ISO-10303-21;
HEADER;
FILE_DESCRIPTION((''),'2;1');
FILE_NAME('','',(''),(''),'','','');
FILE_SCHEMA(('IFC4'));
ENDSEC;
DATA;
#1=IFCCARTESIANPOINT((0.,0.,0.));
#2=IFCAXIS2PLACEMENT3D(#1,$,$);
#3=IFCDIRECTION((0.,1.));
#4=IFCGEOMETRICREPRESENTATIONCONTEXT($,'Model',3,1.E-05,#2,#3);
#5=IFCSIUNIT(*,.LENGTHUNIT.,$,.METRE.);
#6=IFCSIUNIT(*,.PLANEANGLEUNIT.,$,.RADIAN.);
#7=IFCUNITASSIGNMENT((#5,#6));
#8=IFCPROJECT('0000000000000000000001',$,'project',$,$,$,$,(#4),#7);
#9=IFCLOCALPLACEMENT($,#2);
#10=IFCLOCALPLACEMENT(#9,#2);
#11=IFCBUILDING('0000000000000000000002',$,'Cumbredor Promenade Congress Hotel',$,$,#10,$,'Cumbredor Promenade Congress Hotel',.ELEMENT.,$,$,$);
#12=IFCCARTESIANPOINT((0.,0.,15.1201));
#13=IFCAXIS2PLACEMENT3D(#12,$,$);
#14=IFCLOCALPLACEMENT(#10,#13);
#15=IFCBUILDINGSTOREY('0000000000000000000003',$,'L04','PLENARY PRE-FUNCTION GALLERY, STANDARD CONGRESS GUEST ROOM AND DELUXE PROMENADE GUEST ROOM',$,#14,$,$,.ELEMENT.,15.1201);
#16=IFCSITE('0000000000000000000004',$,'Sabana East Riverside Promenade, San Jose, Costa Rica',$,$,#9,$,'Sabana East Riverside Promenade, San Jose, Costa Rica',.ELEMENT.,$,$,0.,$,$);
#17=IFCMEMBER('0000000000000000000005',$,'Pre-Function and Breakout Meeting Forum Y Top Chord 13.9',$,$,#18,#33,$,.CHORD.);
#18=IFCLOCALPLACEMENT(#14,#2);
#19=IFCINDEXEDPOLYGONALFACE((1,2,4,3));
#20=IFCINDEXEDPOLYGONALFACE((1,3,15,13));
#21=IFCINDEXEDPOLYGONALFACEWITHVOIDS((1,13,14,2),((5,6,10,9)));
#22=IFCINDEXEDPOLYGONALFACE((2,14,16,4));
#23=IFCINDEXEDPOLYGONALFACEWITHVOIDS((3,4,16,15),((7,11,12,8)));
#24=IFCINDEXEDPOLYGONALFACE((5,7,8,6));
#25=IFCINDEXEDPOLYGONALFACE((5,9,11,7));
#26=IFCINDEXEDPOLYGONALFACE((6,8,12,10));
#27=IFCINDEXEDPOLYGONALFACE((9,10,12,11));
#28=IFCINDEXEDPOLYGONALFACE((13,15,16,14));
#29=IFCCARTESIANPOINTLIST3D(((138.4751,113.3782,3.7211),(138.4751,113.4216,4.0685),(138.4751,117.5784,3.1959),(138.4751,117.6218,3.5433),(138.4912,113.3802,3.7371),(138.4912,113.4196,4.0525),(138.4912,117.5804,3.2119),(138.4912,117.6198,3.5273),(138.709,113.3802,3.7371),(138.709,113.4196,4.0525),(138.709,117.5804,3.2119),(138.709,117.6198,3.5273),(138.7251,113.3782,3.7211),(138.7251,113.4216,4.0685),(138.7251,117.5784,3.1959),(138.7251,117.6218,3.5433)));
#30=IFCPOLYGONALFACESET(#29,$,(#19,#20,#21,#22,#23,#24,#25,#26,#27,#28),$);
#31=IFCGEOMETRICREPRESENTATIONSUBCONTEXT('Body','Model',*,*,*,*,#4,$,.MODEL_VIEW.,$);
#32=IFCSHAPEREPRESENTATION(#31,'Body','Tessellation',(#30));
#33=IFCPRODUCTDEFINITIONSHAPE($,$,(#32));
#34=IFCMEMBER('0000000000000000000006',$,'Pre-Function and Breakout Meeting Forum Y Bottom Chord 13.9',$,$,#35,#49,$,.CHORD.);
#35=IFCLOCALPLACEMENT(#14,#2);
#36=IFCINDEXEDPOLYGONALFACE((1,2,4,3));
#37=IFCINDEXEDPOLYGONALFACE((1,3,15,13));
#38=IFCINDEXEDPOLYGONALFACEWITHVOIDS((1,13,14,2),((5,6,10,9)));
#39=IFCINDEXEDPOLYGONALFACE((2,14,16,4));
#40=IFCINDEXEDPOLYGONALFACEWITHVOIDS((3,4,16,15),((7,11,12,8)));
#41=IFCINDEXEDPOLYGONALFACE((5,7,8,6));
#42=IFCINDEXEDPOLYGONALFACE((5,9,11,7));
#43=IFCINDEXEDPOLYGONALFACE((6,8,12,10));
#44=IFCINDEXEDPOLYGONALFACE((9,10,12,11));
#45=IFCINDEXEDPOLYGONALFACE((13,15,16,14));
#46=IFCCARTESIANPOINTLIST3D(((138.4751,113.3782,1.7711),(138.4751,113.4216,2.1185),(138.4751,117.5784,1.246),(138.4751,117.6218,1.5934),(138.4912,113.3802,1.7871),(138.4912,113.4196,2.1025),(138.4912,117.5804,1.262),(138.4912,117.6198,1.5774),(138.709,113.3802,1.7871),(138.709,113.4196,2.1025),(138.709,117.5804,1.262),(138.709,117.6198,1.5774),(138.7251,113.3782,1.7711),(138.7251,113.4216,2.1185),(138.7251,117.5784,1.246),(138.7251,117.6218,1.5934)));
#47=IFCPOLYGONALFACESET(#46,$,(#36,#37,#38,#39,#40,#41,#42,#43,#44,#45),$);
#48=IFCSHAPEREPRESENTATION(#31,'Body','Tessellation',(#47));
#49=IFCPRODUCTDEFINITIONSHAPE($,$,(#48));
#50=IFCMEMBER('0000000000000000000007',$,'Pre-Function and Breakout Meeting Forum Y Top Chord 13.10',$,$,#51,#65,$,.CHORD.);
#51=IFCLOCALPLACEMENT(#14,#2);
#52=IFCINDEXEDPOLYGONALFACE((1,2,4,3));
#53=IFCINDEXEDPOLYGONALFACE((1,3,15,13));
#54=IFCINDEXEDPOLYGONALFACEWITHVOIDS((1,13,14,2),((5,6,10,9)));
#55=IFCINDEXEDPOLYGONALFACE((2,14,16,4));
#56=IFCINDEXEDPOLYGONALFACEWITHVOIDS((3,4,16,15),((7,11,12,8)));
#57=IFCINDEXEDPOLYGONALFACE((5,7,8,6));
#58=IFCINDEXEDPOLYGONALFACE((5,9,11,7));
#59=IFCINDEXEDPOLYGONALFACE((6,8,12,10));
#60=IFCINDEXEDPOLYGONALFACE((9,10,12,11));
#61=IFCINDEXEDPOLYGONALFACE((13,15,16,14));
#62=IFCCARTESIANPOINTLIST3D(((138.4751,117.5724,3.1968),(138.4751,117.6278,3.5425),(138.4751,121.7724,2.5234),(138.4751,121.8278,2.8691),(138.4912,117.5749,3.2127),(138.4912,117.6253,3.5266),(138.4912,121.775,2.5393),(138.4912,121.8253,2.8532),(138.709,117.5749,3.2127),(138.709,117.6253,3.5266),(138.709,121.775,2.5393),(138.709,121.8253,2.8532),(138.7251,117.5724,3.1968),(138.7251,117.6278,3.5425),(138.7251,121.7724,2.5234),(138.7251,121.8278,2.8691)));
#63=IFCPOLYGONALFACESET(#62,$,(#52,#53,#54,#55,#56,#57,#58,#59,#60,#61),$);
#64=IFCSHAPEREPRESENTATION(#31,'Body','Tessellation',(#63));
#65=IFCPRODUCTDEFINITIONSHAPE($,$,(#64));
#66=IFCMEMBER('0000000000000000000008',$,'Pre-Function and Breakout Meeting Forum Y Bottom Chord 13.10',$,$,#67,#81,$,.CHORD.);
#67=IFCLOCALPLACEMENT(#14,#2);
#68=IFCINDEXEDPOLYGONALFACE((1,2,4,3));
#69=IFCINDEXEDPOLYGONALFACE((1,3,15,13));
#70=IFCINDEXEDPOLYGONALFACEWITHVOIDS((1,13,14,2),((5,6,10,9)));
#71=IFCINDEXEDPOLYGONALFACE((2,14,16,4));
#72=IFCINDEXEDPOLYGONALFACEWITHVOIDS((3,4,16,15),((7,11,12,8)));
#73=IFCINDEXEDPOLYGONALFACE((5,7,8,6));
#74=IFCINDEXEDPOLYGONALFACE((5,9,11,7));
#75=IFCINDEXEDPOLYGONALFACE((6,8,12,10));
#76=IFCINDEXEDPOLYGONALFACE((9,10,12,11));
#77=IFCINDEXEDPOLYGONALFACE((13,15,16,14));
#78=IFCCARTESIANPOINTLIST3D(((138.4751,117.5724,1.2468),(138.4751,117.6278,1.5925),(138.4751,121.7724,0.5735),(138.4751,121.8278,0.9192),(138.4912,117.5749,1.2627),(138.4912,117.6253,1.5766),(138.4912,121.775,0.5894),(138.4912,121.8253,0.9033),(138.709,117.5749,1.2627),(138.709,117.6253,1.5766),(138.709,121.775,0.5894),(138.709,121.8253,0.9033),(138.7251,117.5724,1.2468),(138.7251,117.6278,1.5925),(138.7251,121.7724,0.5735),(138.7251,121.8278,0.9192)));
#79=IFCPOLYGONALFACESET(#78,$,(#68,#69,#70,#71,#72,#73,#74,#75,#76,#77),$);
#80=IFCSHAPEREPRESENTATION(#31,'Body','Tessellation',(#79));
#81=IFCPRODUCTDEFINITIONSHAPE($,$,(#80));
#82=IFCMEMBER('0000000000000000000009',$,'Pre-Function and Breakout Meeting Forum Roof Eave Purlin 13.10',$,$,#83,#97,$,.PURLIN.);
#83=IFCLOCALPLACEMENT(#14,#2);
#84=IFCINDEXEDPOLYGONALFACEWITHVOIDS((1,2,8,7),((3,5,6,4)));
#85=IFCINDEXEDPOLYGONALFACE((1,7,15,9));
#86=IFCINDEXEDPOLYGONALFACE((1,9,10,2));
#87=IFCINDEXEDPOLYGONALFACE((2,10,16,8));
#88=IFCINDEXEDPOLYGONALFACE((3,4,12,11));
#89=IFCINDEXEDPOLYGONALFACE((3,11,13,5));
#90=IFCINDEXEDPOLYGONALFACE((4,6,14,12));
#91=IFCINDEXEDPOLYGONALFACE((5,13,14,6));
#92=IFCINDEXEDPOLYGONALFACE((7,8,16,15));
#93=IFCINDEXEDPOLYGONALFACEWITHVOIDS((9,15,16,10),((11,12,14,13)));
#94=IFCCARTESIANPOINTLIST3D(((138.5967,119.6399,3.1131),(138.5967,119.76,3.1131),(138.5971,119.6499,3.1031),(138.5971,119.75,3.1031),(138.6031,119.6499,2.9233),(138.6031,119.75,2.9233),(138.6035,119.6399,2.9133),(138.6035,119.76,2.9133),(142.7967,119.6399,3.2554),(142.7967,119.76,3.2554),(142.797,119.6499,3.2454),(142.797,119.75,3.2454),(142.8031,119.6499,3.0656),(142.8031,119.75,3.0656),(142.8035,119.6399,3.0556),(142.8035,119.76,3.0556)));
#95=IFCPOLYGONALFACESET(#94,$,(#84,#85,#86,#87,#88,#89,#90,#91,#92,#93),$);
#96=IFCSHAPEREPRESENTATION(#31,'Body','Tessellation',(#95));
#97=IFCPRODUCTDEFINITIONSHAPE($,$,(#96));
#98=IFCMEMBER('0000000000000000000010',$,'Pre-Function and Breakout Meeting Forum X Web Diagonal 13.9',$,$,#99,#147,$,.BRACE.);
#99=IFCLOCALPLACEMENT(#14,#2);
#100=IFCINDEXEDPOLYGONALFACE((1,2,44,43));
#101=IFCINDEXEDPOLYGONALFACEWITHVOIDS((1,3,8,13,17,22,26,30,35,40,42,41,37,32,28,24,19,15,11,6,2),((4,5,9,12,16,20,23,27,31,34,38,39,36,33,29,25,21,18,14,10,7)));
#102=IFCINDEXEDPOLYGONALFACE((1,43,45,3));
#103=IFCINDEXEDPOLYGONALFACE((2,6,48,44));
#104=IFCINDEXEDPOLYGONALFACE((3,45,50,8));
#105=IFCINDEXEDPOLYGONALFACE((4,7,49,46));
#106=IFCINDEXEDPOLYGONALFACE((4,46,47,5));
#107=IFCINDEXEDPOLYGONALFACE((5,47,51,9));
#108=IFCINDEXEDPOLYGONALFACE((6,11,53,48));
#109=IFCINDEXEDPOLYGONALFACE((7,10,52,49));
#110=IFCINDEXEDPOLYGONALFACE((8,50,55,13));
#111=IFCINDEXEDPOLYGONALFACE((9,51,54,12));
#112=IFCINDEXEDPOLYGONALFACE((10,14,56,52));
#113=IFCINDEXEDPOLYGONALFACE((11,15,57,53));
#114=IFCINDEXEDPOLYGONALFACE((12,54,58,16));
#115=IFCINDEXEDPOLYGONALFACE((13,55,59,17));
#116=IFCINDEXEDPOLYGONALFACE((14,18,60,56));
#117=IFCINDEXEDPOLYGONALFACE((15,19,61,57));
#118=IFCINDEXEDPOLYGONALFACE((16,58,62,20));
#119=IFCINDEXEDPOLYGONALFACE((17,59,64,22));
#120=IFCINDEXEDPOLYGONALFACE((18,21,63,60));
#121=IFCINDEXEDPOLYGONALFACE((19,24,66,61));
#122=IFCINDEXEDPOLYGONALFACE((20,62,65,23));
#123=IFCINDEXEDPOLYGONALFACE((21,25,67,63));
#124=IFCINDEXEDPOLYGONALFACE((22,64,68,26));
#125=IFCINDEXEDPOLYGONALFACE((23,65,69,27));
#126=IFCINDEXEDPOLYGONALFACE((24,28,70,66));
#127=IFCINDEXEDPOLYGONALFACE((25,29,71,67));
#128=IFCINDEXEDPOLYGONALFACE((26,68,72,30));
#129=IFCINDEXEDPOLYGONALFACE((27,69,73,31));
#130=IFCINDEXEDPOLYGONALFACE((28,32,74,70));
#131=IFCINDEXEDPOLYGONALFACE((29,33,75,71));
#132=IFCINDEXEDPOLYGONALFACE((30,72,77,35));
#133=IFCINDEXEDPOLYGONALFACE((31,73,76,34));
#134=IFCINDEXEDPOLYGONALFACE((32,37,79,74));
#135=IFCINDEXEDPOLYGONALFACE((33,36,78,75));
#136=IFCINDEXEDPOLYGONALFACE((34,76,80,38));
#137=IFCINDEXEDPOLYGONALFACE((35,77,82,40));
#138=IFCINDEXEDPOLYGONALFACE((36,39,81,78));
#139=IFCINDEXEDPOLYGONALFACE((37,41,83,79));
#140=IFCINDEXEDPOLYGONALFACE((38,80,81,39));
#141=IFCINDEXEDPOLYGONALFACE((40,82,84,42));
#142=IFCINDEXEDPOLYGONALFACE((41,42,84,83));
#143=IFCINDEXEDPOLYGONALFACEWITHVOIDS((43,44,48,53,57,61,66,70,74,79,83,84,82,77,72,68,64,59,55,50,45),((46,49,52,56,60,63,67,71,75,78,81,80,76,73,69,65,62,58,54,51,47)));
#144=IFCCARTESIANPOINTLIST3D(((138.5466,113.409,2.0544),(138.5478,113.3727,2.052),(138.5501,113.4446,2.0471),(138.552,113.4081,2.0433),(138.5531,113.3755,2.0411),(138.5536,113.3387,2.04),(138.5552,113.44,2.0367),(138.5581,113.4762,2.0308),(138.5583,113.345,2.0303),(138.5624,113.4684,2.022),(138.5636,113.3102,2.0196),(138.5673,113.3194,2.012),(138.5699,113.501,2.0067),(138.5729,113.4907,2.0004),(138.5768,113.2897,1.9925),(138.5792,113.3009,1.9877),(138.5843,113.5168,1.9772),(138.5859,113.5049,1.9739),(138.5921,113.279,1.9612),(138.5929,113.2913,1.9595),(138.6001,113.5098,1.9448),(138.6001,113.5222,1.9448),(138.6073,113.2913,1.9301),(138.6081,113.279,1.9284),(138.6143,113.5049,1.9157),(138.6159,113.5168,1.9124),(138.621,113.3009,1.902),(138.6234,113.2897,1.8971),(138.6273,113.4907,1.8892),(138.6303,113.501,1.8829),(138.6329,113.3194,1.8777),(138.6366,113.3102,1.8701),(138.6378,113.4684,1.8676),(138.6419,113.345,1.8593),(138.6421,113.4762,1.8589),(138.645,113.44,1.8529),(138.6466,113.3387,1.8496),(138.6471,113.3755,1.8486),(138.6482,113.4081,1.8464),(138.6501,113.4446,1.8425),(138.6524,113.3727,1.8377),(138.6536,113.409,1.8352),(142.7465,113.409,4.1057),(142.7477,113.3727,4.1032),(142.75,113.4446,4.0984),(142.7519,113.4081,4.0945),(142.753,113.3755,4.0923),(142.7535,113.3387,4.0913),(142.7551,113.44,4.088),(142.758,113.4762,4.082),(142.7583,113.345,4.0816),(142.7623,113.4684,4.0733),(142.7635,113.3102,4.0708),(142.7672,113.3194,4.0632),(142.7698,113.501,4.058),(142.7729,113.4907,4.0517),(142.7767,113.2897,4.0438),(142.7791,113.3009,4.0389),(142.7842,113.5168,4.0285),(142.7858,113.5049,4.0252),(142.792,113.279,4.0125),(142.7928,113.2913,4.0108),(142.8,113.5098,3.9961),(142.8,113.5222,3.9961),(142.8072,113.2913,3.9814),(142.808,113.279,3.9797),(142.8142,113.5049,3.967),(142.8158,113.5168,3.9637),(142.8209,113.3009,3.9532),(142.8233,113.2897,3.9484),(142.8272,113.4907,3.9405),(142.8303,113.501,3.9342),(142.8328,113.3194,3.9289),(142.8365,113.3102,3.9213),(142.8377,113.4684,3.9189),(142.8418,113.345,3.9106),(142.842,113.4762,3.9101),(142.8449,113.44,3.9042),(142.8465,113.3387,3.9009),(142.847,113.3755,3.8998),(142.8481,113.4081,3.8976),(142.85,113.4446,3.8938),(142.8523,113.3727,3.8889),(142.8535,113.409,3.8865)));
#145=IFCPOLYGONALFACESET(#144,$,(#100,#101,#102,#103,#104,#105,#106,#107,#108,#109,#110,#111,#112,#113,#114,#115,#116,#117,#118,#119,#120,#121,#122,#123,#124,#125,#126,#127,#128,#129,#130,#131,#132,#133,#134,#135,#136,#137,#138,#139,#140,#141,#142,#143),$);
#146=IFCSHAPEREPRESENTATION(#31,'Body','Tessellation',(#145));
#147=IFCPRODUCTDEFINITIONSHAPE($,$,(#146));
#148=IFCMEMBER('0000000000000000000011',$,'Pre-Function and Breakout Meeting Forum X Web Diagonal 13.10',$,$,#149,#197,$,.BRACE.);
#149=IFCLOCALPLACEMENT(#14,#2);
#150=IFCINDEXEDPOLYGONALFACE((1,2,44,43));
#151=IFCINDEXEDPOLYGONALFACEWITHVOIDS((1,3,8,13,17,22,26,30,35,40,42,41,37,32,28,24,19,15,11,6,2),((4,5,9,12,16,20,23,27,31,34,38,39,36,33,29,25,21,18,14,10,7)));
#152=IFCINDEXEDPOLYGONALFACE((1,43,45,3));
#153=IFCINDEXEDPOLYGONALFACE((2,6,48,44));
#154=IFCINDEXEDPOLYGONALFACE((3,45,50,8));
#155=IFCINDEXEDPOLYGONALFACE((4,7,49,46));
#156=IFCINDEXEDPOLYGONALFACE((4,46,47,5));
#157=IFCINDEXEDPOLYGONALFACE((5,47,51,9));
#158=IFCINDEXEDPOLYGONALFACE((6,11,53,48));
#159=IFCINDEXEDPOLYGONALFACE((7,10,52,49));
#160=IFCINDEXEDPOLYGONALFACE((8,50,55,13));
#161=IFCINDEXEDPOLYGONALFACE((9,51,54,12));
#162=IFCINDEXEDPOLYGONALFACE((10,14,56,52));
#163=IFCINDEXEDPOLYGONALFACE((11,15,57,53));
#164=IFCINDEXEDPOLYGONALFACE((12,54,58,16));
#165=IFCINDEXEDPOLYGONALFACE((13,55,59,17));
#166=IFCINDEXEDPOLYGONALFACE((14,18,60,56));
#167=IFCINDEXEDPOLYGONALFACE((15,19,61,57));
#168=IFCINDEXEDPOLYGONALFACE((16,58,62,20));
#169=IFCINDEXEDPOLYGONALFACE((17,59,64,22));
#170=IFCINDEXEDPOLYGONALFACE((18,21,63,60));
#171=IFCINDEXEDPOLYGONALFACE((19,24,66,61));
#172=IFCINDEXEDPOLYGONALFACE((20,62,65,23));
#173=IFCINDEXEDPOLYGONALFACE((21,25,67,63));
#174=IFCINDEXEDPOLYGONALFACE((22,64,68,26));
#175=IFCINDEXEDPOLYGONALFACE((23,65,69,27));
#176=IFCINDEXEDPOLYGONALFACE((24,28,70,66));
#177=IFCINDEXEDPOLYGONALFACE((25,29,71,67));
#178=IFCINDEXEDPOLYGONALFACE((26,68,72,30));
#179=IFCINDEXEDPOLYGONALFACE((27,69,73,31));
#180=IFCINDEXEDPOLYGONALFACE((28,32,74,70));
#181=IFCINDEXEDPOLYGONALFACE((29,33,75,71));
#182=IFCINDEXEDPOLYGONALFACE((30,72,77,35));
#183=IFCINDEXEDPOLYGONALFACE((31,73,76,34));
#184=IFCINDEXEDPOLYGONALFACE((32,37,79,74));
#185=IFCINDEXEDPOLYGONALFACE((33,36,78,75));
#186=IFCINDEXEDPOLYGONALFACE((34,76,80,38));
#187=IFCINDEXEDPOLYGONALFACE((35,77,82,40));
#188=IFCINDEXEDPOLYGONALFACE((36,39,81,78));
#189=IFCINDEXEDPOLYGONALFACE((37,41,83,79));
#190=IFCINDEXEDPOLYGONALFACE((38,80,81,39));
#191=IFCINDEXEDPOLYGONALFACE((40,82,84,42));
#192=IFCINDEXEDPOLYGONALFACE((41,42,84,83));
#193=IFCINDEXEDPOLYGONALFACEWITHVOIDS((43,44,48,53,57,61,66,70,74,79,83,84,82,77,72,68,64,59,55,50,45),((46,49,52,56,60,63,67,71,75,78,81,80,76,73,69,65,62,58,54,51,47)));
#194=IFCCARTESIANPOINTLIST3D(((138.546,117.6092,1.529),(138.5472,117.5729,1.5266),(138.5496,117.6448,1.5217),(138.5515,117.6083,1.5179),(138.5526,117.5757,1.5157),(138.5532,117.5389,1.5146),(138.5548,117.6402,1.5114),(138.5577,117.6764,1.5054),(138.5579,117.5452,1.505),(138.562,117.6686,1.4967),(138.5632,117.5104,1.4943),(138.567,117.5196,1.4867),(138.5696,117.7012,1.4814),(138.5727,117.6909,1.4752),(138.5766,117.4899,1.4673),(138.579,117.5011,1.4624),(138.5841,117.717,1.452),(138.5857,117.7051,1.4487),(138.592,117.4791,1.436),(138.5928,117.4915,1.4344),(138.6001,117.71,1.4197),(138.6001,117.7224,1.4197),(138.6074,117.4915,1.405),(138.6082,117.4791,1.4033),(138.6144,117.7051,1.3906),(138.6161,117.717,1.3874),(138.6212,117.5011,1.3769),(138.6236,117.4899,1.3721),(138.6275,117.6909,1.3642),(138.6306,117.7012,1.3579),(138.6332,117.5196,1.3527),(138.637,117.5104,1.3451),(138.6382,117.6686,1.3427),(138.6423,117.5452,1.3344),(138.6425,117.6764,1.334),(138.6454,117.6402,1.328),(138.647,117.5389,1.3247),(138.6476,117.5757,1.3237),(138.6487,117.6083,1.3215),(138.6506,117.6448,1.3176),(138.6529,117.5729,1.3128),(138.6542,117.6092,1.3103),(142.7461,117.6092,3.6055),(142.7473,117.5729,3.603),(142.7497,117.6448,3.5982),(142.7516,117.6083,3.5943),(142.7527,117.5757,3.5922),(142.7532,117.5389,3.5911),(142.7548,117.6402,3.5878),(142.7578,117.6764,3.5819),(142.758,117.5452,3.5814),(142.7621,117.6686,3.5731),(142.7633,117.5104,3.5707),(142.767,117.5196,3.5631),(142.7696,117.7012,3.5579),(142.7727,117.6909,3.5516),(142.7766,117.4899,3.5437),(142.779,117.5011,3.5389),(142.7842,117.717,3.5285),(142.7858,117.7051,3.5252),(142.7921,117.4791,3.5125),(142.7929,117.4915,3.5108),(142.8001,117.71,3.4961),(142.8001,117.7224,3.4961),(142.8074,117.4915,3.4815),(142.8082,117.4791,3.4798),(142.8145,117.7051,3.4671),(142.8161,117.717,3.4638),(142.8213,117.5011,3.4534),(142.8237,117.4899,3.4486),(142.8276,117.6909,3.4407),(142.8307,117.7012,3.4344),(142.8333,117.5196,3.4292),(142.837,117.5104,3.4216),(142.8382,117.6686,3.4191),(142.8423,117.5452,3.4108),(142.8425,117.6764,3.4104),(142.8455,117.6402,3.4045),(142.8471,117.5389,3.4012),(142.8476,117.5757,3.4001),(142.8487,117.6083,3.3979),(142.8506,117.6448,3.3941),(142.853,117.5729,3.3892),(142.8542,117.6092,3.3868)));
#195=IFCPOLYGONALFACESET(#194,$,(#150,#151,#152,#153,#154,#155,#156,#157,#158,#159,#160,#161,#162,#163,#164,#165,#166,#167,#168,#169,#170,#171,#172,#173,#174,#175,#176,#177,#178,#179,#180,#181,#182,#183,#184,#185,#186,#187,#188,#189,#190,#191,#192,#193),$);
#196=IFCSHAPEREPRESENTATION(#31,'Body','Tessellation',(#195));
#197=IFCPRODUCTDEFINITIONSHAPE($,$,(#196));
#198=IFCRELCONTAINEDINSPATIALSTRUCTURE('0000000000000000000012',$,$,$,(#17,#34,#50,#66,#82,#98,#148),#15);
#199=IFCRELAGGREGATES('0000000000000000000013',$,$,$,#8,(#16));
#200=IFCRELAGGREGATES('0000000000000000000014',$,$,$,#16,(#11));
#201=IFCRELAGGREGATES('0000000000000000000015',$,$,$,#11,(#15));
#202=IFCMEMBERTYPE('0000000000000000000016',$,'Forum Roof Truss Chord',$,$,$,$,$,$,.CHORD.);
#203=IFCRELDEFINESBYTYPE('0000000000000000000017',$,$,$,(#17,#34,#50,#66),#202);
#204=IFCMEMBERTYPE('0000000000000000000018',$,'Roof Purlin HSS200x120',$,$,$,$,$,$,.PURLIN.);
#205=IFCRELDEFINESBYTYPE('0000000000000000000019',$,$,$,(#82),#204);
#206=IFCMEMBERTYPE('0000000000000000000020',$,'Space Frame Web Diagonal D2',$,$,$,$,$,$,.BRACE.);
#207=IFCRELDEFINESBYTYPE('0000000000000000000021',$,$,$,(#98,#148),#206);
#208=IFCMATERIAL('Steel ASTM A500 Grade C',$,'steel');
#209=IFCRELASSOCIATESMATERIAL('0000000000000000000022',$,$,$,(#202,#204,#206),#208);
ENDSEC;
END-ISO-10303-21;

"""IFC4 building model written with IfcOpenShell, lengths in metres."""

from ifc_helpers import new_model, si_unit, direction, frame, origin, origin_2d, place, context, subcontext, project, spatial, hollow_rectangle, hollow_circle, extrude, material, material_profile, profile_set, type_object, element, save


model = new_model("IFC4")

# Units and contexts
model_context = context("Model", 3, precision=1e-05, world=origin(), true_north=direction((0.0, 1.0)))
body_context = subcontext(model_context, "Body", "Model", "MODEL_VIEW")
ifc_project = project(units=[si_unit("LENGTHUNIT", "METRE"), si_unit("PLANEANGLEUNIT", "RADIAN")], contexts=[model_context])

# Site, building, storey
site_placement = place(None, origin())
site = spatial("IfcSite", under=ifc_project, at=site_placement, Name="Sabana East Riverside Promenade, San Jose, Costa Rica", LongName="Sabana East Riverside Promenade, San Jose, Costa Rica", CompositionType="ELEMENT", RefElevation=0.0)
building_placement = place(site_placement, origin())
building = spatial("IfcBuilding", under=site, at=building_placement, Name="Cumbredor Promenade Congress Hotel", LongName="Cumbredor Promenade Congress Hotel", CompositionType="ELEMENT")
storey_placement = place(building_placement, frame((0.0, 0.0, 15.1201)))
storey = spatial("IfcBuildingStorey", under=building, at=storey_placement, Name="L04", Description="PLENARY PRE-FUNCTION GALLERY, STANDARD CONGRESS GUEST ROOM AND DELUXE PROMENADE GUEST ROOM", CompositionType="ELEMENT", Elevation=15.1201)

# Members
ifc_material_1 = material(Name="Steel ASTM A500 Grade C", Category="steel")
ifc_material_profile_1 = material_profile(ifc_material_1, hollow_rectangle(XDim=0.25, YDim=0.3501, WallThickness=0.0161, at=origin_2d()), Name="HSS 350x250x16")
ifc_profile_set_1 = profile_set([ifc_material_profile_1], Name="Steel ASTM A500 Grade C")
member_type_1 = type_object("IfcMemberType", Name="Forum Roof Truss Chord", PredefinedType="CHORD", material=ifc_profile_set_1)
for number, where, z_axis, x_axis, name in (
    (1, (138.6001, 113.3999, 3.8948), (0.0, 0.992274, -0.124063), (-1.0, 0.0, 0.0), "Pre-Function and Breakout Meeting Forum Y Top Chord 13.9"),
    (2, (138.6001, 113.3999, 1.9448), (0.0, 0.992274, -0.124063), (-1.0, 0.0, 0.0), "Pre-Function and Breakout Meeting Forum Y Bottom Chord 13.9"),
):
    element("IfcMember", number, at=place(storey_placement, frame(where, z_axis=z_axis, x_axis=x_axis)), inside=storey, type_object=member_type_1, Name=name, PredefinedType="CHORD", context=body_context, shape_type="SweptSolid", body=[
        extrude(hollow_rectangle(XDim=0.25, YDim=0.3501, WallThickness=0.0161, at=origin_2d()), origin(), (0.0, 0.0, 1.0), 4.2329),
    ])
for number, where, z_axis, x_axis, name in (
    (3, (138.6001, 117.6001, 3.3696), (0.0, 0.987391, -0.158299), (-1.0, 0.0, 0.0), "Pre-Function and Breakout Meeting Forum Y Top Chord 13.10"),
    (4, (138.6001, 117.6001, 1.4197), (0.0, 0.987391, -0.158299), (-1.0, 0.0, 0.0), "Pre-Function and Breakout Meeting Forum Y Bottom Chord 13.10"),
):
    element("IfcMember", number, at=place(storey_placement, frame(where, z_axis=z_axis, x_axis=x_axis)), inside=storey, type_object=member_type_1, Name=name, PredefinedType="CHORD", context=body_context, shape_type="SweptSolid", body=[
        extrude(hollow_rectangle(XDim=0.25, YDim=0.3501, WallThickness=0.0161, at=origin_2d()), origin(), (0.0, 0.0, 1.0), 4.2537),
    ])
ifc_material_profile_2 = material_profile(ifc_material_1, hollow_rectangle(XDim=0.1201, YDim=0.2, WallThickness=0.01, at=origin_2d()), Name="HSS 200x120x10")
ifc_profile_set_2 = profile_set([ifc_material_profile_2], Name="Steel ASTM A500 Grade C")
member_type_2 = type_object("IfcMemberType", Name="Roof Purlin HSS200x120", PredefinedType="PURLIN", material=ifc_profile_set_2)
member_1_placement = place(storey_placement, frame((138.6001, 119.7, 3.0132), z_axis=(0.999426, 0.0, 0.03387), x_axis=(0.0, 1.0, 0.0)))
element("IfcMember", 5, at=member_1_placement, inside=storey, type_object=member_type_2, Name="Pre-Function and Breakout Meeting Forum Roof Eave Purlin 13.10", PredefinedType="PURLIN", context=body_context, shape_type="SweptSolid", body=[
    extrude(hollow_rectangle(XDim=0.1201, YDim=0.2, WallThickness=0.01, at=origin_2d()), origin(), (0.0, 0.0, 1.0), 4.2024),
])
ifc_material_profile_3 = material_profile(ifc_material_1, hollow_circle(Radius=0.1223, WallThickness=0.0125, at=origin_2d()), Name="CHS 244.5x12.5")
ifc_profile_set_3 = profile_set([ifc_material_profile_3], Name="Steel ASTM A500 Grade C")
member_type_3 = type_object("IfcMemberType", Name="Space Frame Web Diagonal D2", PredefinedType="BRACE", material=ifc_profile_set_3)
member_2_placement = place(storey_placement, frame((138.6001, 113.3999, 1.9448), z_axis=(0.898556, 0.0, 0.438858), x_axis=(0.0, 1.0, 0.0)))
element("IfcMember", 6, at=member_2_placement, inside=storey, type_object=member_type_3, Name="Pre-Function and Breakout Meeting Forum X Web Diagonal 13.9", PredefinedType="BRACE", context=body_context, shape_type="SweptSolid", body=[
    extrude(hollow_circle(Radius=0.1223, WallThickness=0.0125, at=origin_2d()), origin(), (0.0, 0.0, 1.0), 4.6741),
])
member_3_placement = place(storey_placement, frame((138.6001, 117.6001, 1.4197), z_axis=(0.89643, 0.0, 0.443186), x_axis=(0.0, 1.0, 0.0)))
element("IfcMember", 7, at=member_3_placement, inside=storey, type_object=member_type_3, Name="Pre-Function and Breakout Meeting Forum X Web Diagonal 13.10", PredefinedType="BRACE", context=body_context, shape_type="SweptSolid", body=[
    extrude(hollow_circle(Radius=0.1223, WallThickness=0.0125, at=origin_2d()), origin(), (0.0, 0.0, 1.0), 4.6853),
])

save(model, "model.ifc")
